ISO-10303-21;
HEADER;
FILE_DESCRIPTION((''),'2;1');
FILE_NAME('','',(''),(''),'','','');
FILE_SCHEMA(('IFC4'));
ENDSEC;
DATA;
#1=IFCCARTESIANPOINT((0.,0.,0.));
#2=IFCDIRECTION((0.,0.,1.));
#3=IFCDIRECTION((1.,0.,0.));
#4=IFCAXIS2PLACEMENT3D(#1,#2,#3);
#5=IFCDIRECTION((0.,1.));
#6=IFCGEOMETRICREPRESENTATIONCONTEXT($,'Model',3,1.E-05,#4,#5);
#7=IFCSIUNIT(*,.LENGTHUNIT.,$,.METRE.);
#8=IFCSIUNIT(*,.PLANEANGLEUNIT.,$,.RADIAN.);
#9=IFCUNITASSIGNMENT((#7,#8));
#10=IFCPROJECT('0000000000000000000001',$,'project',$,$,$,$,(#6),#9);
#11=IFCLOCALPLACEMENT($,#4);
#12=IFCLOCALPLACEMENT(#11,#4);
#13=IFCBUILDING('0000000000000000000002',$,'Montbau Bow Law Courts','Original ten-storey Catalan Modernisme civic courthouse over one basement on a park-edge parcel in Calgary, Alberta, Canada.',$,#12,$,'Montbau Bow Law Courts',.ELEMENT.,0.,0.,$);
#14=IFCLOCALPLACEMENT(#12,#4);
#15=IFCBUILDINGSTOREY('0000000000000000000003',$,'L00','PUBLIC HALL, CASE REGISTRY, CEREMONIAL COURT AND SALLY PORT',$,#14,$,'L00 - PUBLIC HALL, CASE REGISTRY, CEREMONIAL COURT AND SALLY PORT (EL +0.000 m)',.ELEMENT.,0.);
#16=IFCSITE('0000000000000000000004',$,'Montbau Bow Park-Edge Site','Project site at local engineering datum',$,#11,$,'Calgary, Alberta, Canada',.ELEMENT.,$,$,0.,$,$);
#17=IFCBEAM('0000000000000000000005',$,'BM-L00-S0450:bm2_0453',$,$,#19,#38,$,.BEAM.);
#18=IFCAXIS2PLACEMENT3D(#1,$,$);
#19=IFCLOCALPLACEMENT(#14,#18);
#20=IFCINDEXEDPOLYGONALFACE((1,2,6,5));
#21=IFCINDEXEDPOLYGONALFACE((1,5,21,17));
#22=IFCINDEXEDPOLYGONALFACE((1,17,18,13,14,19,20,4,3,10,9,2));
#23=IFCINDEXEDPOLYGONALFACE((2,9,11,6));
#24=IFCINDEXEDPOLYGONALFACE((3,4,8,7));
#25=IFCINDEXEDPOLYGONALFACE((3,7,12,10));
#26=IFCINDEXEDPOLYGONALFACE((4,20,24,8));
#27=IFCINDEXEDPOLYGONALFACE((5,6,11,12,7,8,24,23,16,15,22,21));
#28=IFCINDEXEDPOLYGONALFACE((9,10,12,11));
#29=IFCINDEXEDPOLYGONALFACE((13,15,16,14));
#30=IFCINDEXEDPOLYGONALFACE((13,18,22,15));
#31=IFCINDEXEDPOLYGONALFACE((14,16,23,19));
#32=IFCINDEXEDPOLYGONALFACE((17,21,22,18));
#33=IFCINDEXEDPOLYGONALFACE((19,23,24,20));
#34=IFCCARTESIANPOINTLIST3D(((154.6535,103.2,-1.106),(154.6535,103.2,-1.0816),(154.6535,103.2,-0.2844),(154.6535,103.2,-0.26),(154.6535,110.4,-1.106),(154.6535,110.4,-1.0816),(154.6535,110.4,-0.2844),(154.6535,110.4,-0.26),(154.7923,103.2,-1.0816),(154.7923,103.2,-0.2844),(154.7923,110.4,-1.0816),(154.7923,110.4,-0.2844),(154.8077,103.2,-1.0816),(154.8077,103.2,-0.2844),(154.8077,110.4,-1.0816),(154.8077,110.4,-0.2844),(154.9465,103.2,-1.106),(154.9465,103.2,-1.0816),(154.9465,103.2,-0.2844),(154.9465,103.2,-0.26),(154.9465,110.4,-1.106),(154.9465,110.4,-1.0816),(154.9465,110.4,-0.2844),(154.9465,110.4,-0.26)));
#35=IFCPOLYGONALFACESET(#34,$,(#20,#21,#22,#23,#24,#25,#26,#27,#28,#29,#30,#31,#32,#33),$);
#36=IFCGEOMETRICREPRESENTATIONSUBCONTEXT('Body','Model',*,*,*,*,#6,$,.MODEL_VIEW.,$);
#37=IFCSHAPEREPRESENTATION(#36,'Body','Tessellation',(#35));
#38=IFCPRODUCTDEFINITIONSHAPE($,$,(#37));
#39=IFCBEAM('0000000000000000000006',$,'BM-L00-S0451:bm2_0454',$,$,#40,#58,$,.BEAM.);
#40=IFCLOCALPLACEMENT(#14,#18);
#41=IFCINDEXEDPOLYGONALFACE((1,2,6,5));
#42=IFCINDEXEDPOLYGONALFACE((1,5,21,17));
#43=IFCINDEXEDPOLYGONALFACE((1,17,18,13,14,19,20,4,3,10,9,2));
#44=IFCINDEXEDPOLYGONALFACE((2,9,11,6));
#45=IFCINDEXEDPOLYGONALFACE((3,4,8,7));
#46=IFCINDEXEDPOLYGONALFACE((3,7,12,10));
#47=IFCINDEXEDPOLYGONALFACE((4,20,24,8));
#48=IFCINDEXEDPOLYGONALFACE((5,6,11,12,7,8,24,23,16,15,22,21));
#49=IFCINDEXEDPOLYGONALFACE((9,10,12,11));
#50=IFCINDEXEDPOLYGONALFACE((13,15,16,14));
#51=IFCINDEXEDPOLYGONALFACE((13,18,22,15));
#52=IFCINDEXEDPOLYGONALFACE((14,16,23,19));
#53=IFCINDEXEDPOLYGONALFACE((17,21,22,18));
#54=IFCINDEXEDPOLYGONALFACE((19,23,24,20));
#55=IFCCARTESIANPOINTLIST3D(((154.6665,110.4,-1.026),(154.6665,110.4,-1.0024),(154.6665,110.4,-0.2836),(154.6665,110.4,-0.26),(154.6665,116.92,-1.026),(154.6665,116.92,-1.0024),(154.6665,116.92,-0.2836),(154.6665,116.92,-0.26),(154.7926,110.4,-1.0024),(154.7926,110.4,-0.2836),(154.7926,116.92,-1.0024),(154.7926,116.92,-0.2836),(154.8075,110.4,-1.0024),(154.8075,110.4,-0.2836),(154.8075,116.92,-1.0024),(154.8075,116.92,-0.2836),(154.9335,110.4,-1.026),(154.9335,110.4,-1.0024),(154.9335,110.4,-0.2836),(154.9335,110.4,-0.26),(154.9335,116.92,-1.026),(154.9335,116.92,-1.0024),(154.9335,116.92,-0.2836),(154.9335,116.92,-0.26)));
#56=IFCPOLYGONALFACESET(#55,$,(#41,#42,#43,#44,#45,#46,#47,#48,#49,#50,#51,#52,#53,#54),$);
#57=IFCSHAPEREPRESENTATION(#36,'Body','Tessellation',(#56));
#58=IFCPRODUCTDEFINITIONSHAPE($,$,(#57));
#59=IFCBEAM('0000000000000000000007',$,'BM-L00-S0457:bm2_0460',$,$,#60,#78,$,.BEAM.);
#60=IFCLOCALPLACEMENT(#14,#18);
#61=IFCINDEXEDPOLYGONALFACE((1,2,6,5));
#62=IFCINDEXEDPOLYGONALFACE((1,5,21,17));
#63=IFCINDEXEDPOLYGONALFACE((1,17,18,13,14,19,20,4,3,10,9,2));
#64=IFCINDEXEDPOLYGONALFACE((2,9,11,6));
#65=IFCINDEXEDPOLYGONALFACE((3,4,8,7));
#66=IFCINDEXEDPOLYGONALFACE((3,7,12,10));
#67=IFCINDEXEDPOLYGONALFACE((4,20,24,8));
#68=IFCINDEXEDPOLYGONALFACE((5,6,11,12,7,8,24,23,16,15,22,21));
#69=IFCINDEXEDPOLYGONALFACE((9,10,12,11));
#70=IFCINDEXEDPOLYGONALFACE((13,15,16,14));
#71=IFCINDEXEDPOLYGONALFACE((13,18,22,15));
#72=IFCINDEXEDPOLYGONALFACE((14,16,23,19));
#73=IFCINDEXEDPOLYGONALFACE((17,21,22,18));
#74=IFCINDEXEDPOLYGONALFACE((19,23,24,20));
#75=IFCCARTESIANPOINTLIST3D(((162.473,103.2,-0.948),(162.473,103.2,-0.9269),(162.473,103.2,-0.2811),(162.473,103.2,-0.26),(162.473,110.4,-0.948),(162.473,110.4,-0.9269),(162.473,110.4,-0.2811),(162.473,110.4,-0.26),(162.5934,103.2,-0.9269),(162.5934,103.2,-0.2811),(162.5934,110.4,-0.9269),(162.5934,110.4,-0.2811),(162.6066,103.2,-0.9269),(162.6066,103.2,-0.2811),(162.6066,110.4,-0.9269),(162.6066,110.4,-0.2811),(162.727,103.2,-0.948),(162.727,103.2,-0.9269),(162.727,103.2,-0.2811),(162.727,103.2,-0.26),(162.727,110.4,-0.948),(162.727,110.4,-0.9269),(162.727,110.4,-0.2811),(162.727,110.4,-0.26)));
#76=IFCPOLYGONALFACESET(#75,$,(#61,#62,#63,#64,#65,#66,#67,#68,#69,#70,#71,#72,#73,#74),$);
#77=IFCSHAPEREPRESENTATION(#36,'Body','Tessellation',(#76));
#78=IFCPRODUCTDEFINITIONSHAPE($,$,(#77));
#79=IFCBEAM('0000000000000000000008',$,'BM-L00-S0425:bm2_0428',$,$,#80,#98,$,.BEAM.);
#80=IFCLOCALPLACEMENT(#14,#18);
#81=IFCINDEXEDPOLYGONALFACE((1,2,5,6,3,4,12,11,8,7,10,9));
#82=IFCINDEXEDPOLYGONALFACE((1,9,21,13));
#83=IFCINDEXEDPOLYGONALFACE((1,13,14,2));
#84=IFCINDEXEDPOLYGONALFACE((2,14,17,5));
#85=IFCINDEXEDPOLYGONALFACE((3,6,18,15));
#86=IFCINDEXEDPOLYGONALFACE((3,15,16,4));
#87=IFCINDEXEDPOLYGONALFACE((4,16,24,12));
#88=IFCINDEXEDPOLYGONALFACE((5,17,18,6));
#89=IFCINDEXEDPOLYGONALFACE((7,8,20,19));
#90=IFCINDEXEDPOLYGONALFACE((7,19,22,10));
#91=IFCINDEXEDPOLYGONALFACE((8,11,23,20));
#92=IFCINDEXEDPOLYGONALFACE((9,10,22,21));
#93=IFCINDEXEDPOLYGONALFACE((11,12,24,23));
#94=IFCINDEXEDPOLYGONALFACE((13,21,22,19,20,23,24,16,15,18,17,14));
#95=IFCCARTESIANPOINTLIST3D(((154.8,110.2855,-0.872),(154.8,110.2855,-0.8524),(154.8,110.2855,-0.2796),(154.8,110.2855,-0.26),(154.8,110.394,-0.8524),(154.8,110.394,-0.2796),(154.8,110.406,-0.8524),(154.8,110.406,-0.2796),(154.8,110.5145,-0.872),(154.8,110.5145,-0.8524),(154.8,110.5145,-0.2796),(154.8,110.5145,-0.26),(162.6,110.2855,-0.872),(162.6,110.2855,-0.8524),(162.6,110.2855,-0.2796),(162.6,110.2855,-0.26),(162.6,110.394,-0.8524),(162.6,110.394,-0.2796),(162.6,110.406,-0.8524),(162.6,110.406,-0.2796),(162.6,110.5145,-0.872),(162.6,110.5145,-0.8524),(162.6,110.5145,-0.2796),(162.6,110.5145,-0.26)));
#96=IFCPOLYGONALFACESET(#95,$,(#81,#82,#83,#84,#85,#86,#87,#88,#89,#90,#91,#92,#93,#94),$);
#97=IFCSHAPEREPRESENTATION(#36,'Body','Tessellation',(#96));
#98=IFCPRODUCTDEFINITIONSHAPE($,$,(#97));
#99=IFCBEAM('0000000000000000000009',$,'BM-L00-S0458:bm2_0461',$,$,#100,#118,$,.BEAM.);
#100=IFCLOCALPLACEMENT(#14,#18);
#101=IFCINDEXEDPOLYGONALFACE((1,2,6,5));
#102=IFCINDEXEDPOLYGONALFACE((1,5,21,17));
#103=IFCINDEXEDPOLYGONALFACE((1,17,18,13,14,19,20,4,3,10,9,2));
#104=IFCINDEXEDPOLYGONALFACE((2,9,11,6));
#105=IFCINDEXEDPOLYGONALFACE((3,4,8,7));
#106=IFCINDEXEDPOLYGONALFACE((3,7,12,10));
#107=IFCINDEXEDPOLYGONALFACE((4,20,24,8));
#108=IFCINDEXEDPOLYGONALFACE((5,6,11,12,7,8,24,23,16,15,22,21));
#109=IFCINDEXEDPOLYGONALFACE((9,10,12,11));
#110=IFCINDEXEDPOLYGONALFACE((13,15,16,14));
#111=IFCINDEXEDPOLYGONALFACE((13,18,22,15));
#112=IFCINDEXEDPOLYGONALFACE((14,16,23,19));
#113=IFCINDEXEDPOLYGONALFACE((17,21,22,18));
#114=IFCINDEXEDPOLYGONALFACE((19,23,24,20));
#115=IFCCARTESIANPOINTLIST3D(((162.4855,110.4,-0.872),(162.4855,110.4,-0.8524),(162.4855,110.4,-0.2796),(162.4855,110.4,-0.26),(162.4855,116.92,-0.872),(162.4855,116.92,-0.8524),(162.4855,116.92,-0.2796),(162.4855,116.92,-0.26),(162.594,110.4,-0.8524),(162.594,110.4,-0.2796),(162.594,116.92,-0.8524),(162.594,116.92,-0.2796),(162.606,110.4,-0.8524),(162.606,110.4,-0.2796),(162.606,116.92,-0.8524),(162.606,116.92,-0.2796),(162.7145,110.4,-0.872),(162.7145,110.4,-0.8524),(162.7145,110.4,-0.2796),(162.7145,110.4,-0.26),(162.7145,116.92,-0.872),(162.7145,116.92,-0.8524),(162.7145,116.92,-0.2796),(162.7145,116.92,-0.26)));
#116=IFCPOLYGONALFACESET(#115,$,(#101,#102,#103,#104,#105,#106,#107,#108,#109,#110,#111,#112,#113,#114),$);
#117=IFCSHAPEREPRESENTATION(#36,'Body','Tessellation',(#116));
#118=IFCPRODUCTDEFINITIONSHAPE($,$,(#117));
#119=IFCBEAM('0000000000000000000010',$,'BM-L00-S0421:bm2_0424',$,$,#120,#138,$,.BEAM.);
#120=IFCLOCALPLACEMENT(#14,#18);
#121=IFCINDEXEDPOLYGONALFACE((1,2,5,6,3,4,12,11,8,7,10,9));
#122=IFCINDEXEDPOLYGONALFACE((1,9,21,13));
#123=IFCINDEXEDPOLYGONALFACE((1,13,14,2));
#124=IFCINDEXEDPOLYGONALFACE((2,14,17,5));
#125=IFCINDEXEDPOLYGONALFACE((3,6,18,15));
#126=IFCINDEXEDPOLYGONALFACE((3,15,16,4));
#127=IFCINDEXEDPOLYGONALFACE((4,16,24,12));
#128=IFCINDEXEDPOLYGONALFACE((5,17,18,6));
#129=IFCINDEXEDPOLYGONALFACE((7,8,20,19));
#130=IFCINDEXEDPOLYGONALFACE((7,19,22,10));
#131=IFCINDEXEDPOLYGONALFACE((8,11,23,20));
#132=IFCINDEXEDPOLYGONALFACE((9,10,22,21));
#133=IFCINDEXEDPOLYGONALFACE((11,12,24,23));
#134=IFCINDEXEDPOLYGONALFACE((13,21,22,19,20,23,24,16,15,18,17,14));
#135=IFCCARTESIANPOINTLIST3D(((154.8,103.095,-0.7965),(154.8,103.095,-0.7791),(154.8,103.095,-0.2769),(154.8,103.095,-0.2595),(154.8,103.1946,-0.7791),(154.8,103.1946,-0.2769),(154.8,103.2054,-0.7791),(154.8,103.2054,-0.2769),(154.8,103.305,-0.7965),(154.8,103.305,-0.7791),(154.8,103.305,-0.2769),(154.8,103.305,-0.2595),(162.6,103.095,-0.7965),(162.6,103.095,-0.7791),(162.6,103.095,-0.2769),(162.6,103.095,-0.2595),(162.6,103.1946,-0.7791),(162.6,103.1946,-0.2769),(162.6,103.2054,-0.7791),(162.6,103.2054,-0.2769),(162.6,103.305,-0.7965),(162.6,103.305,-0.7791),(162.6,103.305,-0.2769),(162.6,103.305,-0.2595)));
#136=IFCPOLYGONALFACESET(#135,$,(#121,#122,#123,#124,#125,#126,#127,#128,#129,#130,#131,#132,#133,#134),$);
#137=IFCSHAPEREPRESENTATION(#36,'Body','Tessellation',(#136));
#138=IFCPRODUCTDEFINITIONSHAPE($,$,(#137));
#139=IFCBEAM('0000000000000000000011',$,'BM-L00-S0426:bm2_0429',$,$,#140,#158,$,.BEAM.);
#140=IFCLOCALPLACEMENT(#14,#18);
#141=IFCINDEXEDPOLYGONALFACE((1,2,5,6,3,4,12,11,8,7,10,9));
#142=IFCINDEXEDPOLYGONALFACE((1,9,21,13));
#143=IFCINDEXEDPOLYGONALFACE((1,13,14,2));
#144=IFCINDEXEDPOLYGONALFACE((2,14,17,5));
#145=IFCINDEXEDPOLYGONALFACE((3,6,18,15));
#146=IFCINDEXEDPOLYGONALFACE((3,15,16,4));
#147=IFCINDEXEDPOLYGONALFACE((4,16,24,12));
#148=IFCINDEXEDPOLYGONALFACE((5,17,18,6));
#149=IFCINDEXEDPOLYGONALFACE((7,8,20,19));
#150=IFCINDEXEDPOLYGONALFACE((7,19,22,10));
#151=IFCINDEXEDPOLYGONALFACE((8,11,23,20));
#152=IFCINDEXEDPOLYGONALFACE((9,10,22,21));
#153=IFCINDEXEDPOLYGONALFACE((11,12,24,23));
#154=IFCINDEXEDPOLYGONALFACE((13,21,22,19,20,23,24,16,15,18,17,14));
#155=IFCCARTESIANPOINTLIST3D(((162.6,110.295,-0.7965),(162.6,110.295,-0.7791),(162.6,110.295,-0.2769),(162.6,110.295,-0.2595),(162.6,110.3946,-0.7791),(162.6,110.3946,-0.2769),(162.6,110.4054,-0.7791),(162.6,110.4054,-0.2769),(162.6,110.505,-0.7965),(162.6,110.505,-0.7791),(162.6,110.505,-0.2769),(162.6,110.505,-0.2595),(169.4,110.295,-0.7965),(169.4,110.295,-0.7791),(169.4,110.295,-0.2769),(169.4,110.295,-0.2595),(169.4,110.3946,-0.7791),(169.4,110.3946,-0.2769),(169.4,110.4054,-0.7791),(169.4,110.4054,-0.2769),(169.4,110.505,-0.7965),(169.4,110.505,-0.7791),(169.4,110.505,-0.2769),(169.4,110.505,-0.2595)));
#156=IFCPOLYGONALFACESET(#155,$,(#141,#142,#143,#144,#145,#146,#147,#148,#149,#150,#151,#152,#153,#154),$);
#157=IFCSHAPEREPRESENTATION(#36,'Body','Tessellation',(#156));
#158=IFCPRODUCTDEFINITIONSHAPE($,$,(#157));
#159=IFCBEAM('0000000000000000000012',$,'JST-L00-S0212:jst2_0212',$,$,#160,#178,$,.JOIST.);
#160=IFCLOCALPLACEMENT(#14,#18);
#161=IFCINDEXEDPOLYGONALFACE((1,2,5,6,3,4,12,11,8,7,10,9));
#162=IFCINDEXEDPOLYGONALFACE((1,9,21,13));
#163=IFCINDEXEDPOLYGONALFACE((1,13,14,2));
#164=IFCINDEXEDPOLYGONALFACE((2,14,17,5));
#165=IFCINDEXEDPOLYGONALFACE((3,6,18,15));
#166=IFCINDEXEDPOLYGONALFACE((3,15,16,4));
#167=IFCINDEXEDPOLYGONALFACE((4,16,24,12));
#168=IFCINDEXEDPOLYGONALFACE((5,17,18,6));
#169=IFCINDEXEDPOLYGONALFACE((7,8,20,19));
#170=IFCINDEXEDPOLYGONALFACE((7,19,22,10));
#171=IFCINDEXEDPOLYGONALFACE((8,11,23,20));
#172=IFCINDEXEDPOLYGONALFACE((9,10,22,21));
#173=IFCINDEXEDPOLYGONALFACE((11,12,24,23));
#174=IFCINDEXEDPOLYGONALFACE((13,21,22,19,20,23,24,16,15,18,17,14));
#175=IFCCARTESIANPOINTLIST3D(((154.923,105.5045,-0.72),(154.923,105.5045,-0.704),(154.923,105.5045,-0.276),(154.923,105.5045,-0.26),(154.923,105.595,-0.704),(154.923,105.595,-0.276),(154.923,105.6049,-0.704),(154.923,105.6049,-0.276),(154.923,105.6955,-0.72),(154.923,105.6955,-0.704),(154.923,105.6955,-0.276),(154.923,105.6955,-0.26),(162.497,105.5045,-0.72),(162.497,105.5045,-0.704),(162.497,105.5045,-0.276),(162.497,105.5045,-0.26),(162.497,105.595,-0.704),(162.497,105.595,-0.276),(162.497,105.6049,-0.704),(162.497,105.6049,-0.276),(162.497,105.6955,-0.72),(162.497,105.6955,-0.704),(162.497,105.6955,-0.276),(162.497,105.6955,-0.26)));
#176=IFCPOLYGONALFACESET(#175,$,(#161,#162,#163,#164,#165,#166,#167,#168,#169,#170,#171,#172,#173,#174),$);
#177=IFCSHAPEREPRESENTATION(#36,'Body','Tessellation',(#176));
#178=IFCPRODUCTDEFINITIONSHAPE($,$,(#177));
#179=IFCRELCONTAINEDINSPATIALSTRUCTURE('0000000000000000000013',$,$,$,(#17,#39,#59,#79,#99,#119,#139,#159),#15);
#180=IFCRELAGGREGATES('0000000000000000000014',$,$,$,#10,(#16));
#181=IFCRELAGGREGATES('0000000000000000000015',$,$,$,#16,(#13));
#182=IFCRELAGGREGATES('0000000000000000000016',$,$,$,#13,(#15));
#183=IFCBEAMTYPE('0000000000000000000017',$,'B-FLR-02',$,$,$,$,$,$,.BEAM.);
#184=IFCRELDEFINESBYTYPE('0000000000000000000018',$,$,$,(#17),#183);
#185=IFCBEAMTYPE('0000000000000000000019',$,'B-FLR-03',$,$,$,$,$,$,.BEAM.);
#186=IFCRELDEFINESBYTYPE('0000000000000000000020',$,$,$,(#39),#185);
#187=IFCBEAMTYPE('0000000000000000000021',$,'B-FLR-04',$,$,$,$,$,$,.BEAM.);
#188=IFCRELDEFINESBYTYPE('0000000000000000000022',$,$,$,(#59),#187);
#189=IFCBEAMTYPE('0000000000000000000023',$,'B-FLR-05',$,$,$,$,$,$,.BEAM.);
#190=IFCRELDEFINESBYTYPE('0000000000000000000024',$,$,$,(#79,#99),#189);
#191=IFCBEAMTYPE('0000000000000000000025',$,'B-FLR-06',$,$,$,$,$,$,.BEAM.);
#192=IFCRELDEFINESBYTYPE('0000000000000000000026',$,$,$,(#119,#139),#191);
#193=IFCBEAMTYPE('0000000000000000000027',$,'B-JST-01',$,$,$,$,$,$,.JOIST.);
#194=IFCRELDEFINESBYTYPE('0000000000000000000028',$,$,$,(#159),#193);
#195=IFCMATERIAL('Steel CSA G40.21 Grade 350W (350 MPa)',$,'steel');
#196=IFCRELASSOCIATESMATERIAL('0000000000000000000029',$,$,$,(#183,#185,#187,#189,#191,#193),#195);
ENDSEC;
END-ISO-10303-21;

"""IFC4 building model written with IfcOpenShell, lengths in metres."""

from ifc_helpers import new_model, si_unit, direction, frame, origin_with_axes, origin_2d_with_axis, place, context, subcontext, project, spatial, i_section, extrude, material, material_profile, profile_set, type_object, element, save


model = new_model("IFC4")

# Units and contexts
model_context = context("Model", 3, precision=1e-05, world=origin_with_axes(), true_north=direction((0.0, 1.0)))
body_context = subcontext(model_context, "Body", "Model", "MODEL_VIEW")
ifc_project = project(units=[si_unit("LENGTHUNIT", "METRE"), si_unit("PLANEANGLEUNIT", "RADIAN")], contexts=[model_context])

# Site, building, storey
site_placement = place(None, origin_with_axes())
site = spatial("IfcSite", under=ifc_project, at=site_placement, Name="Montbau Bow Park-Edge Site", Description="Project site at local engineering datum", LongName="Calgary, Alberta, Canada", CompositionType="ELEMENT", RefElevation=0.0)
building_placement = place(site_placement, origin_with_axes())
building = spatial("IfcBuilding", under=site, at=building_placement, Name="Montbau Bow Law Courts", Description="Original ten-storey Catalan Modernisme civic courthouse over one basement on a park-edge parcel in Calgary, Alberta, Canada.", LongName="Montbau Bow Law Courts", CompositionType="ELEMENT", ElevationOfRefHeight=0.0, ElevationOfTerrain=0.0)
storey_placement = place(building_placement, origin_with_axes())
storey = spatial("IfcBuildingStorey", under=building, at=storey_placement, Name="L00", Description="PUBLIC HALL, CASE REGISTRY, CEREMONIAL COURT AND SALLY PORT", LongName="L00 - PUBLIC HALL, CASE REGISTRY, CEREMONIAL COURT AND SALLY PORT (EL +0.000 m)", CompositionType="ELEMENT", Elevation=0.0)

# Shared definitions
ifc_material_1 = material(Name="Steel CSA G40.21 Grade 350W (350 MPa)", Category="steel")

# Beams
ifc_material_profile_1 = material_profile(ifc_material_1, i_section(OverallWidth=0.293, OverallDepth=0.846, WebThickness=0.0154, FlangeThickness=0.0244, at=origin_2d_with_axis()), Name="W840X210", Category="Main", Priority=0)
ifc_profile_set_1 = profile_set([ifc_material_profile_1], Name="Steel CSA G40.21 Grade 350W (350 MPa)")
beam_type_1 = type_object("IfcBeamType", Name="B-FLR-02", PredefinedType="BEAM", material=ifc_profile_set_1)
beam_1_placement = place(None, frame((154.8, 103.2, -0.683), z_axis=(0.0, 1.0, 0.0), x_axis=(-1.0, 0.0, 0.0)))
element("IfcBeam", 1, at=beam_1_placement, inside=storey, type_object=beam_type_1, Name="BM-L00-S0450:bm2_0453", PredefinedType="BEAM", context=body_context, shape_type="SweptSolid", body=[
    extrude(i_section(OverallWidth=0.293, OverallDepth=0.846, WebThickness=0.0154, FlangeThickness=0.0244, at=origin_2d_with_axis()), origin_with_axes(), (0.0, 0.0, 1.0), 7.2),
])
ifc_material_profile_2 = material_profile(ifc_material_1, i_section(OverallWidth=0.267, OverallDepth=0.766, WebThickness=0.0149, FlangeThickness=0.0236, at=origin_2d_with_axis()), Name="W760X185", Category="Main", Priority=0)
ifc_profile_set_2 = profile_set([ifc_material_profile_2], Name="Steel CSA G40.21 Grade 350W (350 MPa)")
beam_type_2 = type_object("IfcBeamType", Name="B-FLR-03", PredefinedType="BEAM", material=ifc_profile_set_2)
beam_2_placement = place(None, frame((154.8, 110.4, -0.643), z_axis=(0.0, 1.0, 0.0), x_axis=(-1.0, 0.0, 0.0)))
element("IfcBeam", 2, at=beam_2_placement, inside=storey, type_object=beam_type_2, Name="BM-L00-S0451:bm2_0454", PredefinedType="BEAM", context=body_context, shape_type="SweptSolid", body=[
    extrude(i_section(OverallWidth=0.267, OverallDepth=0.766, WebThickness=0.0149, FlangeThickness=0.0236, at=origin_2d_with_axis()), origin_with_axes(), (0.0, 0.0, 1.0), 6.52),
])
ifc_material_profile_3 = material_profile(ifc_material_1, i_section(OverallWidth=0.254, OverallDepth=0.688, WebThickness=0.0131, FlangeThickness=0.0211, at=origin_2d_with_axis()), Name="W690X152", Category="Main", Priority=0)
ifc_profile_set_3 = profile_set([ifc_material_profile_3], Name="Steel CSA G40.21 Grade 350W (350 MPa)")
beam_type_3 = type_object("IfcBeamType", Name="B-FLR-04", PredefinedType="BEAM", material=ifc_profile_set_3)
beam_3_placement = place(None, frame((162.6, 103.2, -0.604), z_axis=(0.0, 1.0, 0.0), x_axis=(-1.0, 0.0, 0.0)))
element("IfcBeam", 3, at=beam_3_placement, inside=storey, type_object=beam_type_3, Name="BM-L00-S0457:bm2_0460", PredefinedType="BEAM", context=body_context, shape_type="SweptSolid", body=[
    extrude(i_section(OverallWidth=0.254, OverallDepth=0.688, WebThickness=0.0131, FlangeThickness=0.0211, at=origin_2d_with_axis()), origin_with_axes(), (0.0, 0.0, 1.0), 7.2),
])
ifc_material_profile_4 = material_profile(ifc_material_1, i_section(OverallWidth=0.229, OverallDepth=0.612, WebThickness=0.0119, FlangeThickness=0.0196, at=origin_2d_with_axis()), Name="W610X125", Category="Main", Priority=0)
ifc_profile_set_4 = profile_set([ifc_material_profile_4], Name="Steel CSA G40.21 Grade 350W (350 MPa)")
beam_type_4 = type_object("IfcBeamType", Name="B-FLR-05", PredefinedType="BEAM", material=ifc_profile_set_4)
beam_4_placement = place(None, frame((154.8, 110.4, -0.566), z_axis=(1.0, 0.0, 0.0), x_axis=(0.0, 1.0, 0.0)))
element("IfcBeam", 4, at=beam_4_placement, inside=storey, type_object=beam_type_4, Name="BM-L00-S0425:bm2_0428", PredefinedType="BEAM", context=body_context, shape_type="SweptSolid", body=[
    extrude(i_section(OverallWidth=0.229, OverallDepth=0.612, WebThickness=0.0119, FlangeThickness=0.0196, at=origin_2d_with_axis()), origin_with_axes(), (0.0, 0.0, 1.0), 7.8),
])
beam_5_placement = place(None, frame((162.6, 110.4, -0.566), z_axis=(0.0, 1.0, 0.0), x_axis=(-1.0, 0.0, 0.0)))
element("IfcBeam", 5, at=beam_5_placement, inside=storey, type_object=beam_type_4, Name="BM-L00-S0458:bm2_0461", PredefinedType="BEAM", context=body_context, shape_type="SweptSolid", body=[
    extrude(i_section(OverallWidth=0.229, OverallDepth=0.612, WebThickness=0.0119, FlangeThickness=0.0196, at=origin_2d_with_axis()), origin_with_axes(), (0.0, 0.0, 1.0), 6.52),
])
ifc_material_profile_5 = material_profile(ifc_material_1, i_section(OverallWidth=0.21, OverallDepth=0.537, WebThickness=0.0109, FlangeThickness=0.0174, at=origin_2d_with_axis()), Name="W530X101", Category="Main", Priority=0)
ifc_profile_set_5 = profile_set([ifc_material_profile_5], Name="Steel CSA G40.21 Grade 350W (350 MPa)")
beam_type_5 = type_object("IfcBeamType", Name="B-FLR-06", PredefinedType="BEAM", material=ifc_profile_set_5)
beam_6_placement = place(None, frame((154.8, 103.2, -0.528), z_axis=(1.0, 0.0, 0.0), x_axis=(0.0, 1.0, 0.0)))
element("IfcBeam", 6, at=beam_6_placement, inside=storey, type_object=beam_type_5, Name="BM-L00-S0421:bm2_0424", PredefinedType="BEAM", context=body_context, shape_type="SweptSolid", body=[
    extrude(i_section(OverallWidth=0.21, OverallDepth=0.537, WebThickness=0.0109, FlangeThickness=0.0174, at=origin_2d_with_axis()), origin_with_axes(), (0.0, 0.0, 1.0), 7.8),
])
beam_7_placement = place(None, frame((162.6, 110.4, -0.528), z_axis=(1.0, 0.0, 0.0), x_axis=(0.0, 1.0, 0.0)))
element("IfcBeam", 7, at=beam_7_placement, inside=storey, type_object=beam_type_5, Name="BM-L00-S0426:bm2_0429", PredefinedType="BEAM", context=body_context, shape_type="SweptSolid", body=[
    extrude(i_section(OverallWidth=0.21, OverallDepth=0.537, WebThickness=0.0109, FlangeThickness=0.0174, at=origin_2d_with_axis()), origin_with_axes(), (0.0, 0.0, 1.0), 6.8),
])
ifc_material_profile_6 = material_profile(ifc_material_1, i_section(OverallWidth=0.191, OverallDepth=0.46, WebThickness=0.0099, FlangeThickness=0.016, at=origin_2d_with_axis()), Name="W460X82", Category="Main", Priority=0)
ifc_profile_set_6 = profile_set([ifc_material_profile_6], Name="Steel CSA G40.21 Grade 350W (350 MPa)")
beam_type_6 = type_object("IfcBeamType", Name="B-JST-01", PredefinedType="JOIST", material=ifc_profile_set_6)
beam_8_placement = place(None, frame((154.923, 105.6, -0.49), z_axis=(1.0, 0.0, 0.0), x_axis=(0.0, 1.0, 0.0)))
element("IfcBeam", 8, at=beam_8_placement, inside=storey, type_object=beam_type_6, Name="JST-L00-S0212:jst2_0212", PredefinedType="JOIST", context=body_context, shape_type="SweptSolid", body=[
    extrude(i_section(OverallWidth=0.191, OverallDepth=0.46, WebThickness=0.0099, FlangeThickness=0.016, at=origin_2d_with_axis()), origin_with_axes(), (0.0, 0.0, 1.0), 7.574),
])

save(model, "model.ifc")
